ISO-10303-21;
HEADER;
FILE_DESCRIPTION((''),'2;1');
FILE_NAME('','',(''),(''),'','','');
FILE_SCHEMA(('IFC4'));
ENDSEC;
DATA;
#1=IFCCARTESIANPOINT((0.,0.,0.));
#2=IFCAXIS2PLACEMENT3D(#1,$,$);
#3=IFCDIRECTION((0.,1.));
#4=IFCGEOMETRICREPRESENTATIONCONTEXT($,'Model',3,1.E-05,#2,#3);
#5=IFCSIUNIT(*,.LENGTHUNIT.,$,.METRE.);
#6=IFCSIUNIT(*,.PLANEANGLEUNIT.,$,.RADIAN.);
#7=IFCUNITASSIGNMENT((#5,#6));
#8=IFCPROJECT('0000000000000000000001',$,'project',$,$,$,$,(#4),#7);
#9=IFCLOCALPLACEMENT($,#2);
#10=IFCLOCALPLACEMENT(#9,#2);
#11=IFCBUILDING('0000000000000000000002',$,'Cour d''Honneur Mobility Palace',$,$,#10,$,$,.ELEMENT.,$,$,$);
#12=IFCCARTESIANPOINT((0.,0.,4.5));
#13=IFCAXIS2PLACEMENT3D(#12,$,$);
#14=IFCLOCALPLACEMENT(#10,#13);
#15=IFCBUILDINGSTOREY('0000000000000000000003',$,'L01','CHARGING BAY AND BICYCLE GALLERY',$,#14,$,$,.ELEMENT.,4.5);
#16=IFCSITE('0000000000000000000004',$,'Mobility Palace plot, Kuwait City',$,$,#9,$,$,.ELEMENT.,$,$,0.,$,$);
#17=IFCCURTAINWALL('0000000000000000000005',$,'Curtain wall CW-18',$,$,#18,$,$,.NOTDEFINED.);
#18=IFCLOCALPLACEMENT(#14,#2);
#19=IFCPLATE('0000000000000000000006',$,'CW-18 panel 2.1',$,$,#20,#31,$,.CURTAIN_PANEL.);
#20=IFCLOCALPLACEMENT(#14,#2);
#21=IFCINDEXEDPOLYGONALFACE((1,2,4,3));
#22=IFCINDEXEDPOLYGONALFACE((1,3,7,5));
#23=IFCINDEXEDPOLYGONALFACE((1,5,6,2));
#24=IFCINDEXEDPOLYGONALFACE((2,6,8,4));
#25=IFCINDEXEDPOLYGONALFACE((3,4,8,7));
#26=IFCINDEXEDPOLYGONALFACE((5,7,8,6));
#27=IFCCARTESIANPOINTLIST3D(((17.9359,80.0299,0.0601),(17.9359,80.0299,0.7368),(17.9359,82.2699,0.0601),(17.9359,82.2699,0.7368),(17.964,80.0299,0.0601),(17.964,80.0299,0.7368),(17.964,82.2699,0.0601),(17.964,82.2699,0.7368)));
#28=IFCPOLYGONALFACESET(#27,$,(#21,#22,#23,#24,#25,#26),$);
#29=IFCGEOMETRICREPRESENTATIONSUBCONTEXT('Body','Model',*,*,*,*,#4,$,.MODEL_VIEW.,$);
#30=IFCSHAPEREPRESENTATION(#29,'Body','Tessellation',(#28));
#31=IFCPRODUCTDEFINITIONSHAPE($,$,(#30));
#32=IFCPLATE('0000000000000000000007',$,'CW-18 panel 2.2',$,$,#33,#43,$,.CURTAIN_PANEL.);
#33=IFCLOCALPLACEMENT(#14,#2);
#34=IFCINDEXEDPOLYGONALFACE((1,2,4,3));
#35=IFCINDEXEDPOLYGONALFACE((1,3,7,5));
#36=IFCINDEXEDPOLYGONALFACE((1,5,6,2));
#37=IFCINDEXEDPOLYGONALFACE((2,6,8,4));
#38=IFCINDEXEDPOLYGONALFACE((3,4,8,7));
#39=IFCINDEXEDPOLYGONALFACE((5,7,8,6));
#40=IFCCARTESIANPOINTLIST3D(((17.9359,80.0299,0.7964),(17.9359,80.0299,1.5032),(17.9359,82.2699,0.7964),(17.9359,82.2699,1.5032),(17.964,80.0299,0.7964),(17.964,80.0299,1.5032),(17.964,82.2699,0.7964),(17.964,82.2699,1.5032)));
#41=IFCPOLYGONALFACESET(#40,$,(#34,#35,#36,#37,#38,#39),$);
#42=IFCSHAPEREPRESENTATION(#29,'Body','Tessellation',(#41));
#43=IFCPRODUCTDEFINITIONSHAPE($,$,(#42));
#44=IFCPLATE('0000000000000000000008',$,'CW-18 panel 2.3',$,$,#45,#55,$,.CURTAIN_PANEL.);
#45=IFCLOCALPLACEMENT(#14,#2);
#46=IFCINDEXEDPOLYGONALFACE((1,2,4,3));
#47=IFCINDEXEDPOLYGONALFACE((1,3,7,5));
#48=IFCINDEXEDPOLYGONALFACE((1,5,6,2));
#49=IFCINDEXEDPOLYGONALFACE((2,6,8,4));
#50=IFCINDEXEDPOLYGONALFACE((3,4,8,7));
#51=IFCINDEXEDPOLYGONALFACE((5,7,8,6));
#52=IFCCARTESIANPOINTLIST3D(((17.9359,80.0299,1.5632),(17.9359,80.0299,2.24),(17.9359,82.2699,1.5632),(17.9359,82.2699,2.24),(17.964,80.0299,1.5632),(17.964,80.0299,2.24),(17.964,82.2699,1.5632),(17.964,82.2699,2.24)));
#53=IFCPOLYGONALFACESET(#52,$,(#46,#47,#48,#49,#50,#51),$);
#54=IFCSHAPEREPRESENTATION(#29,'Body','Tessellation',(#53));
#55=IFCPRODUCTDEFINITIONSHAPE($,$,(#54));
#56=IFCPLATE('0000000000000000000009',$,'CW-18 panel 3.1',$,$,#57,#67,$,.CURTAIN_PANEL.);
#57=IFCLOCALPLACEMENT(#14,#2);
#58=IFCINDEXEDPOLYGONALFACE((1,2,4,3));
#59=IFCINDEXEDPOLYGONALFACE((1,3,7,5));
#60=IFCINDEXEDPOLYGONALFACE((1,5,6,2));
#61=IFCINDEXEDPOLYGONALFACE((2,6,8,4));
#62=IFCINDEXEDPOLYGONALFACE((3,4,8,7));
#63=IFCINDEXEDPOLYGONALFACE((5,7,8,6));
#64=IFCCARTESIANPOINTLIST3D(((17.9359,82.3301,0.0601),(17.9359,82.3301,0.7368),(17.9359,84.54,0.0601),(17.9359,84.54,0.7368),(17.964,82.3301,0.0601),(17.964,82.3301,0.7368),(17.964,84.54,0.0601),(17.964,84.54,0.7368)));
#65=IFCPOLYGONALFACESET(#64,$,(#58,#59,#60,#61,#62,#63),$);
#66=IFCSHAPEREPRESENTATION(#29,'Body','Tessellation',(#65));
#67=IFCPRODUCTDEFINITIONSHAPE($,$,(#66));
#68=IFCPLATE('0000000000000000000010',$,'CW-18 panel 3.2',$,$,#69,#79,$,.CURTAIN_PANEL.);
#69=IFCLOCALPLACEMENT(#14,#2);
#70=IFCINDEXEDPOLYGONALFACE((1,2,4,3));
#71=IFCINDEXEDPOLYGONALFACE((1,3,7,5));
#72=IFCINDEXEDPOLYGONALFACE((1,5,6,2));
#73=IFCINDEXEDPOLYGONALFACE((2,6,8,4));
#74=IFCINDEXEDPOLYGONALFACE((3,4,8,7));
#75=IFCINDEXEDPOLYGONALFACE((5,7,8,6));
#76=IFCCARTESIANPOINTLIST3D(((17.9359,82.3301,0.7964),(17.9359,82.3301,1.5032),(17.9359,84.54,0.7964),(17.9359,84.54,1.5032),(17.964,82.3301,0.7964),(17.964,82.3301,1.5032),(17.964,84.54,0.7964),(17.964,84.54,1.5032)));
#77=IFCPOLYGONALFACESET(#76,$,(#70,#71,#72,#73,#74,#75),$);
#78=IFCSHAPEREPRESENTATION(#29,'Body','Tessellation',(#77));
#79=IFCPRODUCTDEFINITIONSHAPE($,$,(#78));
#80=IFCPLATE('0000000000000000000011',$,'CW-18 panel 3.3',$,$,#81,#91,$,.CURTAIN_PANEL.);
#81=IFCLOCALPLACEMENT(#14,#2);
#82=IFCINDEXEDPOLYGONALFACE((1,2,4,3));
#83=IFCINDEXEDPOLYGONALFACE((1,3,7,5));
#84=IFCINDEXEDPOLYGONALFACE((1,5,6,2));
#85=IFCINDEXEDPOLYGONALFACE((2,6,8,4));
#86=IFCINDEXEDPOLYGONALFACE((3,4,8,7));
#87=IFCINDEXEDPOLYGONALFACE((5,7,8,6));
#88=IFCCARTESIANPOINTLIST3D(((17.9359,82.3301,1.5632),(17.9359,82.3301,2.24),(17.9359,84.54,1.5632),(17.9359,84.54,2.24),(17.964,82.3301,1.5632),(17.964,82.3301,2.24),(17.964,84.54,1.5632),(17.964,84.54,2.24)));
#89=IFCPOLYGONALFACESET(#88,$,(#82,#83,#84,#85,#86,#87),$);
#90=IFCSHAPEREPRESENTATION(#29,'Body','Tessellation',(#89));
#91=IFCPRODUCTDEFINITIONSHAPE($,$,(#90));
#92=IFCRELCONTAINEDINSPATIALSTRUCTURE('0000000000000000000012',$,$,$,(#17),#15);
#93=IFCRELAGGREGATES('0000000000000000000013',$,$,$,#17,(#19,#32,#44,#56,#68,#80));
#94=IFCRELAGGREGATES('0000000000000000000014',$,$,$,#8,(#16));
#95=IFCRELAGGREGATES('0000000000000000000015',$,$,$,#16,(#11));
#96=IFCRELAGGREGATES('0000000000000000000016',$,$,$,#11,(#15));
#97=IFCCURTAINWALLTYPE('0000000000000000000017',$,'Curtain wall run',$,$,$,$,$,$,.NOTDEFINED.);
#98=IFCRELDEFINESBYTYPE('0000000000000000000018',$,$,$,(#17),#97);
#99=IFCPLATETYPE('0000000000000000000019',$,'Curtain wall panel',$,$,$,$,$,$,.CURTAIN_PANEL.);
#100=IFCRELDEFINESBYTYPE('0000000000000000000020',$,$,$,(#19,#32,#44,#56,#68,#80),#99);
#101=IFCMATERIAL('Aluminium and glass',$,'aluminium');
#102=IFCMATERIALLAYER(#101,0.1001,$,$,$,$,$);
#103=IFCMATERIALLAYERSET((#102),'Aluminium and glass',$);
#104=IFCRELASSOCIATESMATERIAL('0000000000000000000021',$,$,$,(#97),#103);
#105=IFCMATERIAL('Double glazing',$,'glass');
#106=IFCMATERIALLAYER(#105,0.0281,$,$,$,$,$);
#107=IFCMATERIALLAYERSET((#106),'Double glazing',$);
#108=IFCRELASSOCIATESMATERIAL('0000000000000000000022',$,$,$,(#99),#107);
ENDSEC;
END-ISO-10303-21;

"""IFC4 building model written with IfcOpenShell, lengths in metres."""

from ifc_helpers import new_model, si_unit, direction, frame, origin, origin_2d, place, context, subcontext, project, spatial, rectangle, extrude, material, layer, layer_set, type_object, element, aggregate, save


model = new_model("IFC4")

# Units and contexts
model_context = context("Model", 3, precision=1e-05, world=origin(), true_north=direction((0.0, 1.0)))
body_context = subcontext(model_context, "Body", "Model", "MODEL_VIEW")
ifc_project = project(units=[si_unit("LENGTHUNIT", "METRE"), si_unit("PLANEANGLEUNIT", "RADIAN")], contexts=[model_context])

# Site, building, storey
site_placement = place(None, origin())
site = spatial("IfcSite", under=ifc_project, at=site_placement, Name="Mobility Palace plot, Kuwait City", CompositionType="ELEMENT", RefElevation=0.0)
building_placement = place(site_placement, origin())
building = spatial("IfcBuilding", under=site, at=building_placement, Name="Cour d'Honneur Mobility Palace", CompositionType="ELEMENT")
storey_placement = place(building_placement, frame((0.0, 0.0, 4.5)))
storey = spatial("IfcBuildingStorey", under=building, at=storey_placement, Name="L01", Description="CHARGING BAY AND BICYCLE GALLERY", CompositionType="ELEMENT", Elevation=4.5)

# Curtain wall
ifc_material_1 = material(Name="Aluminium and glass", Category="aluminium")
ifc_layer_1 = layer(ifc_material_1, 0.1001)
ifc_layer_set_1 = layer_set([ifc_layer_1], Name="Aluminium and glass")
curtain_wall_type = type_object("IfcCurtainWallType", Name="Curtain wall run", PredefinedType="NOTDEFINED", material=ifc_layer_set_1)
curtain_wall_1_placement = place(storey_placement, origin())
curtain_wall_1 = element("IfcCurtainWall", 1, at=curtain_wall_1_placement, inside=storey, type_object=curtain_wall_type, Name="Curtain wall CW-18", PredefinedType="NOTDEFINED")

# Plates
ifc_material_2 = material(Name="Double glazing", Category="glass")
ifc_layer_2 = layer(ifc_material_2, 0.0281)
ifc_layer_set_2 = layer_set([ifc_layer_2], Name="Double glazing")
plate_type = type_object("IfcPlateType", Name="Curtain wall panel", PredefinedType="CURTAIN_PANEL", material=ifc_layer_set_2)
plate_1_placement = place(storey_placement, frame((17.95, 81.1499, 0.0601), z_axis=(0.0, 0.0, 1.0), x_axis=(0.0, 1.0, 0.0)))
plate_1 = element("IfcPlate", 2, at=plate_1_placement, type_object=plate_type, Name="CW-18 panel 2.1", PredefinedType="CURTAIN_PANEL", context=body_context, shape_type="SweptSolid", body=[
    extrude(rectangle(XDim=2.24, YDim=0.0281, at=origin_2d()), origin(), (0.0, 0.0, 1.0), 0.6768),
])
plate_2_placement = place(storey_placement, frame((17.95, 81.1499, 0.7964), z_axis=(0.0, 0.0, 1.0), x_axis=(0.0, 1.0, 0.0)))
plate_2 = element("IfcPlate", 3, at=plate_2_placement, type_object=plate_type, Name="CW-18 panel 2.2", PredefinedType="CURTAIN_PANEL", context=body_context, shape_type="SweptSolid", body=[
    extrude(rectangle(XDim=2.24, YDim=0.0281, at=origin_2d()), origin(), (0.0, 0.0, 1.0), 0.7068),
])
plate_3_placement = place(storey_placement, frame((17.95, 81.1499, 1.5632), z_axis=(0.0, 0.0, 1.0), x_axis=(0.0, 1.0, 0.0)))
plate_3 = element("IfcPlate", 4, at=plate_3_placement, type_object=plate_type, Name="CW-18 panel 2.3", PredefinedType="CURTAIN_PANEL", context=body_context, shape_type="SweptSolid", body=[
    extrude(rectangle(XDim=2.24, YDim=0.0281, at=origin_2d()), origin(), (0.0, 0.0, 1.0), 0.6768),
])
plate_4_placement = place(storey_placement, frame((17.95, 83.4351, 0.0601), z_axis=(0.0, 0.0, 1.0), x_axis=(0.0, 1.0, 0.0)))
plate_4 = element("IfcPlate", 5, at=plate_4_placement, type_object=plate_type, Name="CW-18 panel 3.1", PredefinedType="CURTAIN_PANEL", context=body_context, shape_type="SweptSolid", body=[
    extrude(rectangle(XDim=2.21, YDim=0.0281, at=origin_2d()), origin(), (0.0, 0.0, 1.0), 0.6768),
])
plate_5_placement = place(storey_placement, frame((17.95, 83.4351, 0.7964), z_axis=(0.0, 0.0, 1.0), x_axis=(0.0, 1.0, 0.0)))
plate_5 = element("IfcPlate", 6, at=plate_5_placement, type_object=plate_type, Name="CW-18 panel 3.2", PredefinedType="CURTAIN_PANEL", context=body_context, shape_type="SweptSolid", body=[
    extrude(rectangle(XDim=2.21, YDim=0.0281, at=origin_2d()), origin(), (0.0, 0.0, 1.0), 0.7068),
])
plate_6_placement = place(storey_placement, frame((17.95, 83.4351, 1.5632), z_axis=(0.0, 0.0, 1.0), x_axis=(0.0, 1.0, 0.0)))
plate_6 = element("IfcPlate", 7, at=plate_6_placement, type_object=plate_type, Name="CW-18 panel 3.3", PredefinedType="CURTAIN_PANEL", context=body_context, shape_type="SweptSolid", body=[
    extrude(rectangle(XDim=2.21, YDim=0.0281, at=origin_2d()), origin(), (0.0, 0.0, 1.0), 0.6768),
])
aggregate(curtain_wall_1, [plate_1, plate_2, plate_3, plate_4, plate_5, plate_6])

save(model, "model.ifc")
